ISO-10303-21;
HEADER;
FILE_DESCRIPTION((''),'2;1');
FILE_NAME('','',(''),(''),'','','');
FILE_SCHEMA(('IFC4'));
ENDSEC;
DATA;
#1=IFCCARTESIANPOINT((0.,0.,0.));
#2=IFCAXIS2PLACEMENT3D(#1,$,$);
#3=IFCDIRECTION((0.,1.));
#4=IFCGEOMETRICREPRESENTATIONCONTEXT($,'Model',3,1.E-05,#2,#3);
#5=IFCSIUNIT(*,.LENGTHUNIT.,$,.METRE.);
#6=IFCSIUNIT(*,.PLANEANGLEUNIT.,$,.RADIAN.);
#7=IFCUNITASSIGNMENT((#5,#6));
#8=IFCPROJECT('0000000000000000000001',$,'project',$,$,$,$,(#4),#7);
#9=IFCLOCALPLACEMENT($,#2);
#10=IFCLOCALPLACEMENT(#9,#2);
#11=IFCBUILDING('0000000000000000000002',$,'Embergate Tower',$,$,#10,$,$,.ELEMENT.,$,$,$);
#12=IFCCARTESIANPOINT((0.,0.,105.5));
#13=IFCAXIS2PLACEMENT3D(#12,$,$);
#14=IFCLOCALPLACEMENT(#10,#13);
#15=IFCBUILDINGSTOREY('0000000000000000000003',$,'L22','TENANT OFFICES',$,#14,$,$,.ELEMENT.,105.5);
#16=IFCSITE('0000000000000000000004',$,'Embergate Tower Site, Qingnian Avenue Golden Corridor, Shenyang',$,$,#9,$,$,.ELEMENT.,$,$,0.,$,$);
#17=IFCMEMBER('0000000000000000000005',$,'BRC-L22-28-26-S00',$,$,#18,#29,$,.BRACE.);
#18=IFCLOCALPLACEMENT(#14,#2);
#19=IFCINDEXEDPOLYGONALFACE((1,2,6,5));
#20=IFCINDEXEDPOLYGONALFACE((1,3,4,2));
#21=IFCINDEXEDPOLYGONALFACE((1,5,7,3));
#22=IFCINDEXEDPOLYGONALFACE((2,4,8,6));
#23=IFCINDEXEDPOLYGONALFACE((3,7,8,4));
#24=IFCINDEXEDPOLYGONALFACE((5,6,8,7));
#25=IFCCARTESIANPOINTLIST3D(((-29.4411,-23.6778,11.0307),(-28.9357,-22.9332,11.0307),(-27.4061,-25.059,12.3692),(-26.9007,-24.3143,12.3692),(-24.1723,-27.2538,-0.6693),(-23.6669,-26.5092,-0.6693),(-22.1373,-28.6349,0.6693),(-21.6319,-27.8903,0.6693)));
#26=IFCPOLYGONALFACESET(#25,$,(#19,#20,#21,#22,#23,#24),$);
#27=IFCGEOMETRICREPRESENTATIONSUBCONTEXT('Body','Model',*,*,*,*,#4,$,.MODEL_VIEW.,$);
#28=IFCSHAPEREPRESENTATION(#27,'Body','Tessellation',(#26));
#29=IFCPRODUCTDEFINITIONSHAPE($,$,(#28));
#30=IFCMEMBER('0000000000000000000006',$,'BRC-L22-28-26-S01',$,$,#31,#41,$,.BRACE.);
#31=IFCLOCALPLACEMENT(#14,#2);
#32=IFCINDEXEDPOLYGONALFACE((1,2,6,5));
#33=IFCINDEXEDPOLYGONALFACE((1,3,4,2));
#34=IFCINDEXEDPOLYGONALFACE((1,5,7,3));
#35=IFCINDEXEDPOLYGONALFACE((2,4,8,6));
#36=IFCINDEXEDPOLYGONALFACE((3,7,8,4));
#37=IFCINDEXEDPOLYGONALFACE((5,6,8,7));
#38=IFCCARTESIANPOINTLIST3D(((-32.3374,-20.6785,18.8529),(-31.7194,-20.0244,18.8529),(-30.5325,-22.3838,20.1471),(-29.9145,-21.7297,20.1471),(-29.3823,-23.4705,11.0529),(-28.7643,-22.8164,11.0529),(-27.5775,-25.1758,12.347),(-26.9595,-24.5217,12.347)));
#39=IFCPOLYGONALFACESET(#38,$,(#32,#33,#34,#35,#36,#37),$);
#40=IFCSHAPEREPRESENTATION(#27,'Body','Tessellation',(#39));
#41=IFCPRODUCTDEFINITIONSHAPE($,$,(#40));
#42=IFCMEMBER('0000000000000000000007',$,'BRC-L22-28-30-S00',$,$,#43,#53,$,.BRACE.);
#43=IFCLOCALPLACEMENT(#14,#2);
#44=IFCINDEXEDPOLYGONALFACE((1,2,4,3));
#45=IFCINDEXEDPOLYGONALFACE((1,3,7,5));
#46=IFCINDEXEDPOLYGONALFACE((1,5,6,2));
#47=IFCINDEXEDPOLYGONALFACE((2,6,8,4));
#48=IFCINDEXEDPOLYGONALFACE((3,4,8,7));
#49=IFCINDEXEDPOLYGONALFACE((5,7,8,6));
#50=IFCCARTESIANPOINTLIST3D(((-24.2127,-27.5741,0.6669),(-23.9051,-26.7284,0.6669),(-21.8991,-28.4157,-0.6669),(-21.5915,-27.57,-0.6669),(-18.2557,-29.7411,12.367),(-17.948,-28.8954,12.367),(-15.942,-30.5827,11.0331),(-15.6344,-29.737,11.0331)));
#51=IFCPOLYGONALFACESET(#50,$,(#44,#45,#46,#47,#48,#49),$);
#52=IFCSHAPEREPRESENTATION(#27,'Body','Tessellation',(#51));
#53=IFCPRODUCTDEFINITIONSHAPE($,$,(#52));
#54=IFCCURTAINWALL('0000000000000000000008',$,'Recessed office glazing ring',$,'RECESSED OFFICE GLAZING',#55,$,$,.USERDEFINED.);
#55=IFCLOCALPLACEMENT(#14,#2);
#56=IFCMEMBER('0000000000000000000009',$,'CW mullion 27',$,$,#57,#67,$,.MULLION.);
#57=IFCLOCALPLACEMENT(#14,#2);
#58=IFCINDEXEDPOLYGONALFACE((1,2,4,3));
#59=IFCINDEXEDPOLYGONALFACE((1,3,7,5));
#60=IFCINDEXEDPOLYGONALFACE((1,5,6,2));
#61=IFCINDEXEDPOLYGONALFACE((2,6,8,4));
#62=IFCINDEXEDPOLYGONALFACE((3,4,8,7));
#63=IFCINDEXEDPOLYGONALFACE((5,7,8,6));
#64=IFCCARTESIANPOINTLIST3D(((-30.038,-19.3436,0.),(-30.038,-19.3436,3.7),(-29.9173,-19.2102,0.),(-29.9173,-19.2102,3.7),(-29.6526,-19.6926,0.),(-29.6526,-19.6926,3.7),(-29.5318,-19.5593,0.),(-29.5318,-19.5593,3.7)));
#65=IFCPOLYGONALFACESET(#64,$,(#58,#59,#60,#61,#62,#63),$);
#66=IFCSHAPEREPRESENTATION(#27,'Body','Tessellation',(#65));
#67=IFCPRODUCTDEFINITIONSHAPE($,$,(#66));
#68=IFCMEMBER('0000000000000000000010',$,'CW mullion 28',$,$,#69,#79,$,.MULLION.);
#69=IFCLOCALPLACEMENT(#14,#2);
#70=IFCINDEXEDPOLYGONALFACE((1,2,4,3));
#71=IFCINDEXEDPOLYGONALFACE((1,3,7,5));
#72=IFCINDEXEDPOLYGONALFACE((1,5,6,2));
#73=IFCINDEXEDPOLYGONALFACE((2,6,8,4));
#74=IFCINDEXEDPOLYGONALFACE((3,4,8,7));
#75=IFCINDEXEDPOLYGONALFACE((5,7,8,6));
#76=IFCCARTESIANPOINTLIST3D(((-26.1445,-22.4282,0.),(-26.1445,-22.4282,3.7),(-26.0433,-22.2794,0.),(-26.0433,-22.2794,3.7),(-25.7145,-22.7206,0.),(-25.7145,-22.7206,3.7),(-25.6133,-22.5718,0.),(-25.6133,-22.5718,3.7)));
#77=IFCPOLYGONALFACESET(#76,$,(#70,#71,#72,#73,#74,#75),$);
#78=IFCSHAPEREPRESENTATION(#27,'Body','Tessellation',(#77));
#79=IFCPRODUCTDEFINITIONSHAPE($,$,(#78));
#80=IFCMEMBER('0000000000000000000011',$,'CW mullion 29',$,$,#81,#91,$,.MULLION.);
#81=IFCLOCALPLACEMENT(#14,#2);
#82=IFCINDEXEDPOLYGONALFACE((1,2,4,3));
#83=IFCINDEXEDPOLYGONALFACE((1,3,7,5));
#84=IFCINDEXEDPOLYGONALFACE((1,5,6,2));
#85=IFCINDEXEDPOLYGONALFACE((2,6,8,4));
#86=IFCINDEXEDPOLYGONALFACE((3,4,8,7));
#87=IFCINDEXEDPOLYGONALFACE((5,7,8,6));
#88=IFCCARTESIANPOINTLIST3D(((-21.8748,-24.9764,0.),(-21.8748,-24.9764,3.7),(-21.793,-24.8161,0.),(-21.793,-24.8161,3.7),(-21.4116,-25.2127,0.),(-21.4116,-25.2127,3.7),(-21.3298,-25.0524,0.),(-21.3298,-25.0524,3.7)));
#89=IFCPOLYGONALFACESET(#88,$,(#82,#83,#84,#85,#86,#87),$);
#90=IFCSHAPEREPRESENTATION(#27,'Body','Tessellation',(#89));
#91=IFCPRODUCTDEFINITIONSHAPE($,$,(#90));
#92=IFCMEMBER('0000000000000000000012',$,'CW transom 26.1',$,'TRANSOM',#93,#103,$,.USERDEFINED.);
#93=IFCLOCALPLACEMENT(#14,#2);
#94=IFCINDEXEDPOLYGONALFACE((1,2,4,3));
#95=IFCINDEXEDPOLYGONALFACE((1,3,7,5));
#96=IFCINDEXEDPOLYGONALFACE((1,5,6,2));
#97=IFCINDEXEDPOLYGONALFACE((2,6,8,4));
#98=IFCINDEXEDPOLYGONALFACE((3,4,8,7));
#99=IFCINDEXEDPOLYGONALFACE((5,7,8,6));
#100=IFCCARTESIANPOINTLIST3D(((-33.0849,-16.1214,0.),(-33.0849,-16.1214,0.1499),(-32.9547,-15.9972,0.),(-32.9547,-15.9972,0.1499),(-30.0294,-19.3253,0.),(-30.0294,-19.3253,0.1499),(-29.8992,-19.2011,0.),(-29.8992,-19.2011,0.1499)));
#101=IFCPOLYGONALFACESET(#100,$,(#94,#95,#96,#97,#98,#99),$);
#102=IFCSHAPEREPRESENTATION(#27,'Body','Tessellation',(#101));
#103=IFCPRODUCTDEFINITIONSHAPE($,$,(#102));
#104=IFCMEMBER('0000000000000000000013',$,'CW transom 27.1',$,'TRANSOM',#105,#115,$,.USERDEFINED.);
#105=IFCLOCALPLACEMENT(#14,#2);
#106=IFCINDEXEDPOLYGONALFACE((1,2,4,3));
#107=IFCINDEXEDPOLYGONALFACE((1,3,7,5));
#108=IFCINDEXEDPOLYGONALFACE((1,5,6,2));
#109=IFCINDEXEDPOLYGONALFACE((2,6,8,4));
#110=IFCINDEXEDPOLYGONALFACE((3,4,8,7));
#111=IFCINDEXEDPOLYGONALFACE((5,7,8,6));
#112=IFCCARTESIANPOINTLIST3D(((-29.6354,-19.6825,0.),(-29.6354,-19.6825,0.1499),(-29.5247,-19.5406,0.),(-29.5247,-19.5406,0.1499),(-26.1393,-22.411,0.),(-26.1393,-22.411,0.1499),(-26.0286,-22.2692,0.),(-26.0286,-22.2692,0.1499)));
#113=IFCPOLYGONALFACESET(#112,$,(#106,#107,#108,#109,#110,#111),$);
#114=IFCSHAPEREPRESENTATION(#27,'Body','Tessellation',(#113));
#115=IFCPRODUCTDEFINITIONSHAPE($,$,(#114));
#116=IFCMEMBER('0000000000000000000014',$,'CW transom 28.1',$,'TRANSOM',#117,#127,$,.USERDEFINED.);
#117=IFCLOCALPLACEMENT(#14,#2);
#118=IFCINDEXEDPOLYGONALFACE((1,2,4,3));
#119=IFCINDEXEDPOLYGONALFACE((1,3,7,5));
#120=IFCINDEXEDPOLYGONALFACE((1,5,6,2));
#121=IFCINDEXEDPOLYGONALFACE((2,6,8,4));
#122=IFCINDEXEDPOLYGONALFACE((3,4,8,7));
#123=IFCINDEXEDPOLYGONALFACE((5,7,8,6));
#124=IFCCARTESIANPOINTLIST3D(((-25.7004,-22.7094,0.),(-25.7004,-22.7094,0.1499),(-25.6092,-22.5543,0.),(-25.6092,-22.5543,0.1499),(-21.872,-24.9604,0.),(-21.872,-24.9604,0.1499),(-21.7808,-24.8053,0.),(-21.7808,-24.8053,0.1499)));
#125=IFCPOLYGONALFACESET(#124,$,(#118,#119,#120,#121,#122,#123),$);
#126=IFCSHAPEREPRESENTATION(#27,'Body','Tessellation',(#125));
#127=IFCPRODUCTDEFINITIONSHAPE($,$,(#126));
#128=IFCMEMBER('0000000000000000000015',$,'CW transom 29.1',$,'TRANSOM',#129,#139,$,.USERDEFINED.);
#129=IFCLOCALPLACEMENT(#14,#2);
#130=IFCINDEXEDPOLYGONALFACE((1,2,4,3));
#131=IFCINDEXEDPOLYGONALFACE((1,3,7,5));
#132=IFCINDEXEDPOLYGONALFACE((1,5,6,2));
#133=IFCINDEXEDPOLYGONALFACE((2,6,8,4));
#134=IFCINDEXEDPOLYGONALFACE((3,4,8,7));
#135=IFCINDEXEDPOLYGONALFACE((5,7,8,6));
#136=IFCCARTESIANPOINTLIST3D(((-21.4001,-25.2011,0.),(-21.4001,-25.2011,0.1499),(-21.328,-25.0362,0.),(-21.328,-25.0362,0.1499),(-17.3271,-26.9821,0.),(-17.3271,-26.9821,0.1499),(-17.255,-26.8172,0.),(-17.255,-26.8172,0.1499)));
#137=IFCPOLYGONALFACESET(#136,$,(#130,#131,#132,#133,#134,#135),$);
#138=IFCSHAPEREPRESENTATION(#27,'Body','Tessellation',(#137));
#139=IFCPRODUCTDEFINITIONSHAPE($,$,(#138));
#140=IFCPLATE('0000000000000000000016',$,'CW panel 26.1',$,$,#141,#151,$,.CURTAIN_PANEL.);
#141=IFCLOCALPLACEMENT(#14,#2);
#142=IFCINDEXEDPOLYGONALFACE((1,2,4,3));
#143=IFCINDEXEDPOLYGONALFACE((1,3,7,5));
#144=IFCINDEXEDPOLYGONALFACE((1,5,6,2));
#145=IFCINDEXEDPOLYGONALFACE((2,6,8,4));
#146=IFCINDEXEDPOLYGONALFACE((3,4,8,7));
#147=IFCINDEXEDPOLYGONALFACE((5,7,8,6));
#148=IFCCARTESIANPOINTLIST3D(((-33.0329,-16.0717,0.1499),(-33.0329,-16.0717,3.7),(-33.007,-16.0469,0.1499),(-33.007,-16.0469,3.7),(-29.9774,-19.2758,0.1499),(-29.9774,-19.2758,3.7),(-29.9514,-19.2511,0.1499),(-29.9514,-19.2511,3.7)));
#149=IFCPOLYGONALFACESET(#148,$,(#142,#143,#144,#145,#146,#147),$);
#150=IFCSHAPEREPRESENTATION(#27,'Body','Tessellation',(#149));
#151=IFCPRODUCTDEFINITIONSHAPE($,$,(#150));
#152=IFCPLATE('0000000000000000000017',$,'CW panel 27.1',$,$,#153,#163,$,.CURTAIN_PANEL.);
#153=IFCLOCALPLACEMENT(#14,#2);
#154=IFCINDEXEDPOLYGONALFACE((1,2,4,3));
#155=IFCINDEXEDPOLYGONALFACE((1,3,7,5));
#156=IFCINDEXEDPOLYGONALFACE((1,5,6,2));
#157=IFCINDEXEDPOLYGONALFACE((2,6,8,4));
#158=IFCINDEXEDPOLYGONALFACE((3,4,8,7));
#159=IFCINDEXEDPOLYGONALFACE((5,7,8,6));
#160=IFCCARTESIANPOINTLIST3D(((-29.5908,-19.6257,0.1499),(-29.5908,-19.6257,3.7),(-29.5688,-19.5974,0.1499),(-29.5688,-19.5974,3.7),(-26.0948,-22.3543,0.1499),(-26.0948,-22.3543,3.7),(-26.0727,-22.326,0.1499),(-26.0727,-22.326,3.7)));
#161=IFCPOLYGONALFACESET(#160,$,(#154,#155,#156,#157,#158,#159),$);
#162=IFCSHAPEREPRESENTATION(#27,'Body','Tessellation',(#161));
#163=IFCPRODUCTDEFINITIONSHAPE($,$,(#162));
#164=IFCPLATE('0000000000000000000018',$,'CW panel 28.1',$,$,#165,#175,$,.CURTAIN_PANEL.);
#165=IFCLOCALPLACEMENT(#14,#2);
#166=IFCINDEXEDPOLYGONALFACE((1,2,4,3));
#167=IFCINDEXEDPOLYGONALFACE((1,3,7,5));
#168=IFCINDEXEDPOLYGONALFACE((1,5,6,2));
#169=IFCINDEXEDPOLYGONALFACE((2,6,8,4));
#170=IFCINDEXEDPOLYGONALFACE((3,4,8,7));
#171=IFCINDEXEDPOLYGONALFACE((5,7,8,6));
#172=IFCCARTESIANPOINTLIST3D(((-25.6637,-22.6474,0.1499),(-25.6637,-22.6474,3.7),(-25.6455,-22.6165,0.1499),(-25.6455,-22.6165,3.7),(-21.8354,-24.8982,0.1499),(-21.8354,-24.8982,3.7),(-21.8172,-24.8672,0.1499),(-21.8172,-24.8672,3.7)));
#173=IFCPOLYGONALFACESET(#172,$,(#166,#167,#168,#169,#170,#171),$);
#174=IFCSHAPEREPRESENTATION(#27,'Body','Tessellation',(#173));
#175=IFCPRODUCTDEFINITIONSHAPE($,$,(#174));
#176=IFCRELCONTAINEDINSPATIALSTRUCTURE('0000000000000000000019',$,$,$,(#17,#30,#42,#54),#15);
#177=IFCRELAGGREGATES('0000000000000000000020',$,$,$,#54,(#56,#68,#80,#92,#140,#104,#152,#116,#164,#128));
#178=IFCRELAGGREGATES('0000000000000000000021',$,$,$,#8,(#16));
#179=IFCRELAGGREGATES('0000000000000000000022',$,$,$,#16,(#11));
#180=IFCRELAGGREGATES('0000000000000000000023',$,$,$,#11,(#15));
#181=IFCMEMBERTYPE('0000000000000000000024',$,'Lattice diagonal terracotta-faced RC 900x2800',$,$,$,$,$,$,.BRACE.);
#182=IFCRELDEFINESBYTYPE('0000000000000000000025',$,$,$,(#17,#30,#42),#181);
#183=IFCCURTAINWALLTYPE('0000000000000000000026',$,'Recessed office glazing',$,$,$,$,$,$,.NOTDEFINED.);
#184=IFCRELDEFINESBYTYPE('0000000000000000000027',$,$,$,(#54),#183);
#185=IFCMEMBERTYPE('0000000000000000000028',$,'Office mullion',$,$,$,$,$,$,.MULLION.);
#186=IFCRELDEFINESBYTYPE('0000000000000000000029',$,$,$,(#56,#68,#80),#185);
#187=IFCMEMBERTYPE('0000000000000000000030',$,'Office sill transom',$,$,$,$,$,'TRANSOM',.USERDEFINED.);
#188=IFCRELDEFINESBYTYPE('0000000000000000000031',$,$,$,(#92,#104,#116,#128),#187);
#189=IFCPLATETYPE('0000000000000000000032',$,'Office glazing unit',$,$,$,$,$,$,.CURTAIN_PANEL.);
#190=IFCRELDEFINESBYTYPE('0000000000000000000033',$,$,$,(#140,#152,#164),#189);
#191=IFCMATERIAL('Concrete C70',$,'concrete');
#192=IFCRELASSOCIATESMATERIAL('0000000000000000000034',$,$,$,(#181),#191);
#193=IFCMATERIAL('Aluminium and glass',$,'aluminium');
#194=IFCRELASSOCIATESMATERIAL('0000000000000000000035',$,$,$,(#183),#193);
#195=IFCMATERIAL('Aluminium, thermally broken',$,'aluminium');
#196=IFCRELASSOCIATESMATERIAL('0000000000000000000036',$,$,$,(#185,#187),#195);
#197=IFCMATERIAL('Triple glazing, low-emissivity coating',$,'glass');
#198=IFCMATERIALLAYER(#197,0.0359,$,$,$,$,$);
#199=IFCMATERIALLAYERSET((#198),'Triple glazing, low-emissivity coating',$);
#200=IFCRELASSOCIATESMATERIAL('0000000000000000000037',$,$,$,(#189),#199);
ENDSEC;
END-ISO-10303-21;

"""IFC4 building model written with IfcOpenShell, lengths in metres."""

from ifc_helpers import new_model, si_unit, direction, frame, origin, origin_2d, place, context, subcontext, project, spatial, rectangle, extrude, source, transform, mapped, material, layer, layer_set, material_profile, profile_set, type_object, element, aggregate, save


model = new_model("IFC4")

# Units and contexts
model_context = context("Model", 3, precision=1e-05, world=origin(), true_north=direction((0.0, 1.0)))
body_context = subcontext(model_context, "Body", "Model", "MODEL_VIEW")
ifc_project = project(units=[si_unit("LENGTHUNIT", "METRE"), si_unit("PLANEANGLEUNIT", "RADIAN")], contexts=[model_context])

# Site, building, storey
site_placement = place(None, origin())
site = spatial("IfcSite", under=ifc_project, at=site_placement, Name="Embergate Tower Site, Qingnian Avenue Golden Corridor, Shenyang", CompositionType="ELEMENT", RefElevation=0.0)
building_placement = place(site_placement, origin())
building = spatial("IfcBuilding", under=site, at=building_placement, Name="Embergate Tower", CompositionType="ELEMENT")
storey_placement = place(building_placement, frame((0.0, 0.0, 105.5)))
storey = spatial("IfcBuildingStorey", under=building, at=storey_placement, Name="L22", Description="TENANT OFFICES", CompositionType="ELEMENT", Elevation=105.5)

# Shared definitions
ifc_material_1 = material(Name="Concrete C70", Category="concrete")

# Members
ifc_material_profile_1 = material_profile(ifc_material_1, rectangle(XDim=0.8999, YDim=2.8, at=origin_2d()), Name="RC 900x2800")
ifc_profile_set_1 = profile_set([ifc_material_profile_1], Name="Concrete C70")
member_type_1 = type_object("IfcMemberType", Name="Lattice diagonal terracotta-faced RC 900x2800", PredefinedType="BRACE", material=ifc_profile_set_1)
shared_shape_1 = source(origin(), body_context, "Body", "SweptSolid", [
    extrude(rectangle(XDim=0.8999, YDim=2.8, at=origin_2d()), origin(), (0.0, 0.0, 1.0), 13.3206),
])
member_1_placement = place(storey_placement, frame((-22.9021, -27.572, 0.0), z_axis=(-0.39554, 0.268452, 0.87834), x_axis=(-0.561574, -0.827427, 0.0)))
element("IfcMember", 1, at=member_1_placement, inside=storey, type_object=member_type_1, Name="BRC-L22-28-26-S00", PredefinedType="BRACE", context=body_context, shape_type="MappedRepresentation", body=[
    mapped(shared_shape_1, transform((0.0, 0.0, 0.0))),
])
shared_shape_2 = source(origin(), body_context, "Body", "SweptSolid", [
    extrude(rectangle(XDim=0.8999, YDim=2.8, at=origin_2d()), origin(), (0.0, 0.0, 1.0), 8.7959),
])
member_2_placement = place(storey_placement, frame((-28.1709, -23.9961, 11.7), z_axis=(-0.33596, 0.317418, 0.886779), x_axis=(-0.686765, -0.72688, 0.0)))
element("IfcMember", 2, at=member_2_placement, inside=storey, type_object=member_type_1, Name="BRC-L22-28-26-S01", PredefinedType="BRACE", context=body_context, shape_type="MappedRepresentation", body=[
    mapped(shared_shape_2, transform((0.0, 0.0, 0.0))),
])
shared_shape_3 = source(origin(), body_context, "Body", "SweptSolid", [
    extrude(rectangle(XDim=0.8999, YDim=2.8, at=origin_2d()), origin(), (0.0, 0.0, 1.0), 13.3069),
])
member_3_placement = place(storey_placement, frame((-22.9021, -27.572, 0.0), z_axis=(0.447668, -0.162848, 0.879246), x_axis=(0.341854, 0.939753, 0.0)))
element("IfcMember", 3, at=member_3_placement, inside=storey, type_object=member_type_1, Name="BRC-L22-28-30-S00", PredefinedType="BRACE", context=body_context, shape_type="MappedRepresentation", body=[
    mapped(shared_shape_3, transform((0.0, 0.0, 0.0))),
])

# Curtain wall, members, plates
ifc_material_2 = material(Name="Aluminium and glass", Category="aluminium")
curtain_wall_type = type_object("IfcCurtainWallType", Name="Recessed office glazing", PredefinedType="NOTDEFINED", material=ifc_material_2)
curtain_wall_placement = place(storey_placement, origin())
curtain_wall = element("IfcCurtainWall", 4, at=curtain_wall_placement, inside=storey, type_object=curtain_wall_type, Name="Recessed office glazing ring", ObjectType="RECESSED OFFICE GLAZING", PredefinedType="USERDEFINED")
ifc_material_3 = material(Name="Aluminium, thermally broken", Category="aluminium")
ifc_material_profile_2 = material_profile(ifc_material_3, rectangle(XDim=0.1799, YDim=0.52, at=origin_2d()), Name="AL 520x180")
ifc_profile_set_2 = profile_set([ifc_material_profile_2], Name="Aluminium, thermally broken")
member_type_2 = type_object("IfcMemberType", Name="Office mullion", PredefinedType="MULLION", material=ifc_profile_set_2)
shared_shape_4 = source(origin(), body_context, "Body", "SweptSolid", [
    extrude(rectangle(XDim=0.1799, YDim=0.52, at=origin_2d()), origin(), (0.0, 0.0, 1.0), 3.7),
])
member_4_placement = place(storey_placement, frame((-29.7849, -19.4514, 0.0), z_axis=(0.0, 0.0, 1.0), x_axis=(0.671238, 0.741242, 0.0)))
member_4 = element("IfcMember", 5, at=member_4_placement, type_object=member_type_2, Name="CW mullion 27", PredefinedType="MULLION", context=body_context, shape_type="MappedRepresentation", body=[
    mapped(shared_shape_4, transform((0.0, 0.0, 0.0))),
])
member_5_placement = place(storey_placement, frame((-25.8789, -22.5, 0.0), z_axis=(0.0, 0.0, 1.0), x_axis=(0.562228, 0.826982, 0.0)))
member_5 = element("IfcMember", 6, at=member_5_placement, type_object=member_type_2, Name="CW mullion 28", PredefinedType="MULLION", context=body_context, shape_type="MappedRepresentation", body=[
    mapped(shared_shape_4, transform((0.0, 0.0, 0.0))),
])
member_6_placement = place(storey_placement, frame((-21.6023, -25.0144, 0.0), z_axis=(0.0, 0.0, 1.0), x_axis=(0.454521, 0.890736, 0.0)))
member_6 = element("IfcMember", 7, at=member_6_placement, type_object=member_type_2, Name="CW mullion 29", PredefinedType="MULLION", context=body_context, shape_type="MappedRepresentation", body=[
    mapped(shared_shape_4, transform((0.0, 0.0, 0.0))),
])
ifc_material_profile_3 = material_profile(ifc_material_3, rectangle(XDim=0.1799, YDim=0.1499, at=origin_2d()), Name="AL 150x180")
ifc_profile_set_3 = profile_set([ifc_material_profile_3], Name="Aluminium, thermally broken")
member_type_3 = type_object("IfcMemberType", Name="Office sill transom", ElementType="TRANSOM", PredefinedType="USERDEFINED", material=ifc_profile_set_3)
shared_shape_5 = source(origin(), body_context, "Body", "SweptSolid", [
    extrude(rectangle(XDim=0.1799, YDim=0.1499, at=origin_2d()), origin(), (0.0, 0.0, 1.0), 4.4272),
])
member_7_placement = place(storey_placement, frame((-33.0198, -16.0593, 0.075), z_axis=(0.690144, -0.723672, 0.0), x_axis=(0.723672, 0.690144, 0.0)))
member_7 = element("IfcMember", 8, at=member_7_placement, type_object=member_type_3, Name="CW transom 26.1", ObjectType="TRANSOM", PredefinedType="USERDEFINED", context=body_context, shape_type="MappedRepresentation", body=[
    mapped(shared_shape_5, transform((0.0, 0.0, 0.0))),
])
shared_shape_6 = source(origin(), body_context, "Body", "SweptSolid", [
    extrude(rectangle(XDim=0.1799, YDim=0.1499, at=origin_2d()), origin(), (0.0, 0.0, 1.0), 4.4348),
])
member_8_placement = place(storey_placement, frame((-29.5801, -19.6116, 0.075), z_axis=(0.788331, -0.615251, 0.0), x_axis=(0.615251, 0.788331, 0.0)))
member_8 = element("IfcMember", 9, at=member_8_placement, type_object=member_type_3, Name="CW transom 27.1", ObjectType="TRANSOM", PredefinedType="USERDEFINED", context=body_context, shape_type="MappedRepresentation", body=[
    mapped(shared_shape_6, transform((0.0, 0.0, 0.0))),
])
shared_shape_7 = source(origin(), body_context, "Body", "SweptSolid", [
    extrude(rectangle(XDim=0.1799, YDim=0.1499, at=origin_2d()), origin(), (0.0, 0.0, 1.0), 4.4412),
])
member_9_placement = place(storey_placement, frame((-25.6548, -22.6318, 0.075), z_axis=(0.862033, -0.506852, 0.0), x_axis=(0.506852, 0.862033, 0.0)))
member_9 = element("IfcMember", 10, at=member_9_placement, type_object=member_type_3, Name="CW transom 28.1", ObjectType="TRANSOM", PredefinedType="USERDEFINED", context=body_context, shape_type="MappedRepresentation", body=[
    mapped(shared_shape_7, transform((0.0, 0.0, 0.0))),
])
shared_shape_8 = source(origin(), body_context, "Body", "SweptSolid", [
    extrude(rectangle(XDim=0.1799, YDim=0.1499, at=origin_2d()), origin(), (0.0, 0.0, 1.0), 4.4453),
])
member_10_placement = place(storey_placement, frame((-21.364, -25.1187, 0.075), z_axis=(0.916234, -0.400643, 0.0), x_axis=(0.400643, 0.916234, 0.0)))
member_10 = element("IfcMember", 11, at=member_10_placement, type_object=member_type_3, Name="CW transom 29.1", ObjectType="TRANSOM", PredefinedType="USERDEFINED", context=body_context, shape_type="MappedRepresentation", body=[
    mapped(shared_shape_8, transform((0.0, 0.0, 0.0))),
])
ifc_material_4 = material(Name="Triple glazing, low-emissivity coating", Category="glass")
ifc_layer = layer(ifc_material_4, 0.0359)
ifc_layer_set = layer_set([ifc_layer], Name="Triple glazing, low-emissivity coating")
plate_type = type_object("IfcPlateType", Name="Office glazing unit", PredefinedType="CURTAIN_PANEL", material=ifc_layer_set)
shared_shape_9 = source(origin(), body_context, "Body", "SweptSolid", [
    extrude(rectangle(XDim=4.4275, YDim=0.0359, at=origin_2d()), origin(), (0.0, 0.0, 1.0), 3.55),
])
plate_1_placement = place(storey_placement, frame((-31.4922, -17.6614, 0.1499), z_axis=(0.0, 0.0, 1.0), x_axis=(0.690125, -0.72369, 0.0)))
plate_1 = element("IfcPlate", 12, at=plate_1_placement, type_object=plate_type, Name="CW panel 26.1", PredefinedType="CURTAIN_PANEL", context=body_context, shape_type="MappedRepresentation", body=[
    mapped(shared_shape_9, transform((0.0, 0.0, 0.0))),
])
shared_shape_10 = source(origin(), body_context, "Body", "SweptSolid", [
    extrude(rectangle(XDim=4.4348, YDim=0.0359, at=origin_2d()), origin(), (0.0, 0.0, 1.0), 3.55),
])
plate_2_placement = place(storey_placement, frame((-27.8318, -20.9758, 0.1499), z_axis=(0.0, 0.0, 1.0), x_axis=(0.788313, -0.615275, 0.0)))
plate_2 = element("IfcPlate", 13, at=plate_2_placement, type_object=plate_type, Name="CW panel 27.1", PredefinedType="CURTAIN_PANEL", context=body_context, shape_type="MappedRepresentation", body=[
    mapped(shared_shape_10, transform((0.0, 0.0, 0.0))),
])
shared_shape_11 = source(origin(), body_context, "Body", "SweptSolid", [
    extrude(rectangle(XDim=4.4409, YDim=0.0359, at=origin_2d()), origin(), (0.0, 0.0, 1.0), 3.55),
])
plate_3_placement = place(storey_placement, frame((-23.7405, -23.7573, 0.1499), z_axis=(0.0, 0.0, 1.0), x_axis=(0.862048, -0.506827, 0.0)))
plate_3 = element("IfcPlate", 14, at=plate_3_placement, type_object=plate_type, Name="CW panel 28.1", PredefinedType="CURTAIN_PANEL", context=body_context, shape_type="MappedRepresentation", body=[
    mapped(shared_shape_11, transform((0.0, 0.0, 0.0))),
])
aggregate(curtain_wall, [member_4, member_5, member_6, member_7, plate_1, member_8, plate_2, member_9, plate_3, member_10])

save(model, "model.ifc")
